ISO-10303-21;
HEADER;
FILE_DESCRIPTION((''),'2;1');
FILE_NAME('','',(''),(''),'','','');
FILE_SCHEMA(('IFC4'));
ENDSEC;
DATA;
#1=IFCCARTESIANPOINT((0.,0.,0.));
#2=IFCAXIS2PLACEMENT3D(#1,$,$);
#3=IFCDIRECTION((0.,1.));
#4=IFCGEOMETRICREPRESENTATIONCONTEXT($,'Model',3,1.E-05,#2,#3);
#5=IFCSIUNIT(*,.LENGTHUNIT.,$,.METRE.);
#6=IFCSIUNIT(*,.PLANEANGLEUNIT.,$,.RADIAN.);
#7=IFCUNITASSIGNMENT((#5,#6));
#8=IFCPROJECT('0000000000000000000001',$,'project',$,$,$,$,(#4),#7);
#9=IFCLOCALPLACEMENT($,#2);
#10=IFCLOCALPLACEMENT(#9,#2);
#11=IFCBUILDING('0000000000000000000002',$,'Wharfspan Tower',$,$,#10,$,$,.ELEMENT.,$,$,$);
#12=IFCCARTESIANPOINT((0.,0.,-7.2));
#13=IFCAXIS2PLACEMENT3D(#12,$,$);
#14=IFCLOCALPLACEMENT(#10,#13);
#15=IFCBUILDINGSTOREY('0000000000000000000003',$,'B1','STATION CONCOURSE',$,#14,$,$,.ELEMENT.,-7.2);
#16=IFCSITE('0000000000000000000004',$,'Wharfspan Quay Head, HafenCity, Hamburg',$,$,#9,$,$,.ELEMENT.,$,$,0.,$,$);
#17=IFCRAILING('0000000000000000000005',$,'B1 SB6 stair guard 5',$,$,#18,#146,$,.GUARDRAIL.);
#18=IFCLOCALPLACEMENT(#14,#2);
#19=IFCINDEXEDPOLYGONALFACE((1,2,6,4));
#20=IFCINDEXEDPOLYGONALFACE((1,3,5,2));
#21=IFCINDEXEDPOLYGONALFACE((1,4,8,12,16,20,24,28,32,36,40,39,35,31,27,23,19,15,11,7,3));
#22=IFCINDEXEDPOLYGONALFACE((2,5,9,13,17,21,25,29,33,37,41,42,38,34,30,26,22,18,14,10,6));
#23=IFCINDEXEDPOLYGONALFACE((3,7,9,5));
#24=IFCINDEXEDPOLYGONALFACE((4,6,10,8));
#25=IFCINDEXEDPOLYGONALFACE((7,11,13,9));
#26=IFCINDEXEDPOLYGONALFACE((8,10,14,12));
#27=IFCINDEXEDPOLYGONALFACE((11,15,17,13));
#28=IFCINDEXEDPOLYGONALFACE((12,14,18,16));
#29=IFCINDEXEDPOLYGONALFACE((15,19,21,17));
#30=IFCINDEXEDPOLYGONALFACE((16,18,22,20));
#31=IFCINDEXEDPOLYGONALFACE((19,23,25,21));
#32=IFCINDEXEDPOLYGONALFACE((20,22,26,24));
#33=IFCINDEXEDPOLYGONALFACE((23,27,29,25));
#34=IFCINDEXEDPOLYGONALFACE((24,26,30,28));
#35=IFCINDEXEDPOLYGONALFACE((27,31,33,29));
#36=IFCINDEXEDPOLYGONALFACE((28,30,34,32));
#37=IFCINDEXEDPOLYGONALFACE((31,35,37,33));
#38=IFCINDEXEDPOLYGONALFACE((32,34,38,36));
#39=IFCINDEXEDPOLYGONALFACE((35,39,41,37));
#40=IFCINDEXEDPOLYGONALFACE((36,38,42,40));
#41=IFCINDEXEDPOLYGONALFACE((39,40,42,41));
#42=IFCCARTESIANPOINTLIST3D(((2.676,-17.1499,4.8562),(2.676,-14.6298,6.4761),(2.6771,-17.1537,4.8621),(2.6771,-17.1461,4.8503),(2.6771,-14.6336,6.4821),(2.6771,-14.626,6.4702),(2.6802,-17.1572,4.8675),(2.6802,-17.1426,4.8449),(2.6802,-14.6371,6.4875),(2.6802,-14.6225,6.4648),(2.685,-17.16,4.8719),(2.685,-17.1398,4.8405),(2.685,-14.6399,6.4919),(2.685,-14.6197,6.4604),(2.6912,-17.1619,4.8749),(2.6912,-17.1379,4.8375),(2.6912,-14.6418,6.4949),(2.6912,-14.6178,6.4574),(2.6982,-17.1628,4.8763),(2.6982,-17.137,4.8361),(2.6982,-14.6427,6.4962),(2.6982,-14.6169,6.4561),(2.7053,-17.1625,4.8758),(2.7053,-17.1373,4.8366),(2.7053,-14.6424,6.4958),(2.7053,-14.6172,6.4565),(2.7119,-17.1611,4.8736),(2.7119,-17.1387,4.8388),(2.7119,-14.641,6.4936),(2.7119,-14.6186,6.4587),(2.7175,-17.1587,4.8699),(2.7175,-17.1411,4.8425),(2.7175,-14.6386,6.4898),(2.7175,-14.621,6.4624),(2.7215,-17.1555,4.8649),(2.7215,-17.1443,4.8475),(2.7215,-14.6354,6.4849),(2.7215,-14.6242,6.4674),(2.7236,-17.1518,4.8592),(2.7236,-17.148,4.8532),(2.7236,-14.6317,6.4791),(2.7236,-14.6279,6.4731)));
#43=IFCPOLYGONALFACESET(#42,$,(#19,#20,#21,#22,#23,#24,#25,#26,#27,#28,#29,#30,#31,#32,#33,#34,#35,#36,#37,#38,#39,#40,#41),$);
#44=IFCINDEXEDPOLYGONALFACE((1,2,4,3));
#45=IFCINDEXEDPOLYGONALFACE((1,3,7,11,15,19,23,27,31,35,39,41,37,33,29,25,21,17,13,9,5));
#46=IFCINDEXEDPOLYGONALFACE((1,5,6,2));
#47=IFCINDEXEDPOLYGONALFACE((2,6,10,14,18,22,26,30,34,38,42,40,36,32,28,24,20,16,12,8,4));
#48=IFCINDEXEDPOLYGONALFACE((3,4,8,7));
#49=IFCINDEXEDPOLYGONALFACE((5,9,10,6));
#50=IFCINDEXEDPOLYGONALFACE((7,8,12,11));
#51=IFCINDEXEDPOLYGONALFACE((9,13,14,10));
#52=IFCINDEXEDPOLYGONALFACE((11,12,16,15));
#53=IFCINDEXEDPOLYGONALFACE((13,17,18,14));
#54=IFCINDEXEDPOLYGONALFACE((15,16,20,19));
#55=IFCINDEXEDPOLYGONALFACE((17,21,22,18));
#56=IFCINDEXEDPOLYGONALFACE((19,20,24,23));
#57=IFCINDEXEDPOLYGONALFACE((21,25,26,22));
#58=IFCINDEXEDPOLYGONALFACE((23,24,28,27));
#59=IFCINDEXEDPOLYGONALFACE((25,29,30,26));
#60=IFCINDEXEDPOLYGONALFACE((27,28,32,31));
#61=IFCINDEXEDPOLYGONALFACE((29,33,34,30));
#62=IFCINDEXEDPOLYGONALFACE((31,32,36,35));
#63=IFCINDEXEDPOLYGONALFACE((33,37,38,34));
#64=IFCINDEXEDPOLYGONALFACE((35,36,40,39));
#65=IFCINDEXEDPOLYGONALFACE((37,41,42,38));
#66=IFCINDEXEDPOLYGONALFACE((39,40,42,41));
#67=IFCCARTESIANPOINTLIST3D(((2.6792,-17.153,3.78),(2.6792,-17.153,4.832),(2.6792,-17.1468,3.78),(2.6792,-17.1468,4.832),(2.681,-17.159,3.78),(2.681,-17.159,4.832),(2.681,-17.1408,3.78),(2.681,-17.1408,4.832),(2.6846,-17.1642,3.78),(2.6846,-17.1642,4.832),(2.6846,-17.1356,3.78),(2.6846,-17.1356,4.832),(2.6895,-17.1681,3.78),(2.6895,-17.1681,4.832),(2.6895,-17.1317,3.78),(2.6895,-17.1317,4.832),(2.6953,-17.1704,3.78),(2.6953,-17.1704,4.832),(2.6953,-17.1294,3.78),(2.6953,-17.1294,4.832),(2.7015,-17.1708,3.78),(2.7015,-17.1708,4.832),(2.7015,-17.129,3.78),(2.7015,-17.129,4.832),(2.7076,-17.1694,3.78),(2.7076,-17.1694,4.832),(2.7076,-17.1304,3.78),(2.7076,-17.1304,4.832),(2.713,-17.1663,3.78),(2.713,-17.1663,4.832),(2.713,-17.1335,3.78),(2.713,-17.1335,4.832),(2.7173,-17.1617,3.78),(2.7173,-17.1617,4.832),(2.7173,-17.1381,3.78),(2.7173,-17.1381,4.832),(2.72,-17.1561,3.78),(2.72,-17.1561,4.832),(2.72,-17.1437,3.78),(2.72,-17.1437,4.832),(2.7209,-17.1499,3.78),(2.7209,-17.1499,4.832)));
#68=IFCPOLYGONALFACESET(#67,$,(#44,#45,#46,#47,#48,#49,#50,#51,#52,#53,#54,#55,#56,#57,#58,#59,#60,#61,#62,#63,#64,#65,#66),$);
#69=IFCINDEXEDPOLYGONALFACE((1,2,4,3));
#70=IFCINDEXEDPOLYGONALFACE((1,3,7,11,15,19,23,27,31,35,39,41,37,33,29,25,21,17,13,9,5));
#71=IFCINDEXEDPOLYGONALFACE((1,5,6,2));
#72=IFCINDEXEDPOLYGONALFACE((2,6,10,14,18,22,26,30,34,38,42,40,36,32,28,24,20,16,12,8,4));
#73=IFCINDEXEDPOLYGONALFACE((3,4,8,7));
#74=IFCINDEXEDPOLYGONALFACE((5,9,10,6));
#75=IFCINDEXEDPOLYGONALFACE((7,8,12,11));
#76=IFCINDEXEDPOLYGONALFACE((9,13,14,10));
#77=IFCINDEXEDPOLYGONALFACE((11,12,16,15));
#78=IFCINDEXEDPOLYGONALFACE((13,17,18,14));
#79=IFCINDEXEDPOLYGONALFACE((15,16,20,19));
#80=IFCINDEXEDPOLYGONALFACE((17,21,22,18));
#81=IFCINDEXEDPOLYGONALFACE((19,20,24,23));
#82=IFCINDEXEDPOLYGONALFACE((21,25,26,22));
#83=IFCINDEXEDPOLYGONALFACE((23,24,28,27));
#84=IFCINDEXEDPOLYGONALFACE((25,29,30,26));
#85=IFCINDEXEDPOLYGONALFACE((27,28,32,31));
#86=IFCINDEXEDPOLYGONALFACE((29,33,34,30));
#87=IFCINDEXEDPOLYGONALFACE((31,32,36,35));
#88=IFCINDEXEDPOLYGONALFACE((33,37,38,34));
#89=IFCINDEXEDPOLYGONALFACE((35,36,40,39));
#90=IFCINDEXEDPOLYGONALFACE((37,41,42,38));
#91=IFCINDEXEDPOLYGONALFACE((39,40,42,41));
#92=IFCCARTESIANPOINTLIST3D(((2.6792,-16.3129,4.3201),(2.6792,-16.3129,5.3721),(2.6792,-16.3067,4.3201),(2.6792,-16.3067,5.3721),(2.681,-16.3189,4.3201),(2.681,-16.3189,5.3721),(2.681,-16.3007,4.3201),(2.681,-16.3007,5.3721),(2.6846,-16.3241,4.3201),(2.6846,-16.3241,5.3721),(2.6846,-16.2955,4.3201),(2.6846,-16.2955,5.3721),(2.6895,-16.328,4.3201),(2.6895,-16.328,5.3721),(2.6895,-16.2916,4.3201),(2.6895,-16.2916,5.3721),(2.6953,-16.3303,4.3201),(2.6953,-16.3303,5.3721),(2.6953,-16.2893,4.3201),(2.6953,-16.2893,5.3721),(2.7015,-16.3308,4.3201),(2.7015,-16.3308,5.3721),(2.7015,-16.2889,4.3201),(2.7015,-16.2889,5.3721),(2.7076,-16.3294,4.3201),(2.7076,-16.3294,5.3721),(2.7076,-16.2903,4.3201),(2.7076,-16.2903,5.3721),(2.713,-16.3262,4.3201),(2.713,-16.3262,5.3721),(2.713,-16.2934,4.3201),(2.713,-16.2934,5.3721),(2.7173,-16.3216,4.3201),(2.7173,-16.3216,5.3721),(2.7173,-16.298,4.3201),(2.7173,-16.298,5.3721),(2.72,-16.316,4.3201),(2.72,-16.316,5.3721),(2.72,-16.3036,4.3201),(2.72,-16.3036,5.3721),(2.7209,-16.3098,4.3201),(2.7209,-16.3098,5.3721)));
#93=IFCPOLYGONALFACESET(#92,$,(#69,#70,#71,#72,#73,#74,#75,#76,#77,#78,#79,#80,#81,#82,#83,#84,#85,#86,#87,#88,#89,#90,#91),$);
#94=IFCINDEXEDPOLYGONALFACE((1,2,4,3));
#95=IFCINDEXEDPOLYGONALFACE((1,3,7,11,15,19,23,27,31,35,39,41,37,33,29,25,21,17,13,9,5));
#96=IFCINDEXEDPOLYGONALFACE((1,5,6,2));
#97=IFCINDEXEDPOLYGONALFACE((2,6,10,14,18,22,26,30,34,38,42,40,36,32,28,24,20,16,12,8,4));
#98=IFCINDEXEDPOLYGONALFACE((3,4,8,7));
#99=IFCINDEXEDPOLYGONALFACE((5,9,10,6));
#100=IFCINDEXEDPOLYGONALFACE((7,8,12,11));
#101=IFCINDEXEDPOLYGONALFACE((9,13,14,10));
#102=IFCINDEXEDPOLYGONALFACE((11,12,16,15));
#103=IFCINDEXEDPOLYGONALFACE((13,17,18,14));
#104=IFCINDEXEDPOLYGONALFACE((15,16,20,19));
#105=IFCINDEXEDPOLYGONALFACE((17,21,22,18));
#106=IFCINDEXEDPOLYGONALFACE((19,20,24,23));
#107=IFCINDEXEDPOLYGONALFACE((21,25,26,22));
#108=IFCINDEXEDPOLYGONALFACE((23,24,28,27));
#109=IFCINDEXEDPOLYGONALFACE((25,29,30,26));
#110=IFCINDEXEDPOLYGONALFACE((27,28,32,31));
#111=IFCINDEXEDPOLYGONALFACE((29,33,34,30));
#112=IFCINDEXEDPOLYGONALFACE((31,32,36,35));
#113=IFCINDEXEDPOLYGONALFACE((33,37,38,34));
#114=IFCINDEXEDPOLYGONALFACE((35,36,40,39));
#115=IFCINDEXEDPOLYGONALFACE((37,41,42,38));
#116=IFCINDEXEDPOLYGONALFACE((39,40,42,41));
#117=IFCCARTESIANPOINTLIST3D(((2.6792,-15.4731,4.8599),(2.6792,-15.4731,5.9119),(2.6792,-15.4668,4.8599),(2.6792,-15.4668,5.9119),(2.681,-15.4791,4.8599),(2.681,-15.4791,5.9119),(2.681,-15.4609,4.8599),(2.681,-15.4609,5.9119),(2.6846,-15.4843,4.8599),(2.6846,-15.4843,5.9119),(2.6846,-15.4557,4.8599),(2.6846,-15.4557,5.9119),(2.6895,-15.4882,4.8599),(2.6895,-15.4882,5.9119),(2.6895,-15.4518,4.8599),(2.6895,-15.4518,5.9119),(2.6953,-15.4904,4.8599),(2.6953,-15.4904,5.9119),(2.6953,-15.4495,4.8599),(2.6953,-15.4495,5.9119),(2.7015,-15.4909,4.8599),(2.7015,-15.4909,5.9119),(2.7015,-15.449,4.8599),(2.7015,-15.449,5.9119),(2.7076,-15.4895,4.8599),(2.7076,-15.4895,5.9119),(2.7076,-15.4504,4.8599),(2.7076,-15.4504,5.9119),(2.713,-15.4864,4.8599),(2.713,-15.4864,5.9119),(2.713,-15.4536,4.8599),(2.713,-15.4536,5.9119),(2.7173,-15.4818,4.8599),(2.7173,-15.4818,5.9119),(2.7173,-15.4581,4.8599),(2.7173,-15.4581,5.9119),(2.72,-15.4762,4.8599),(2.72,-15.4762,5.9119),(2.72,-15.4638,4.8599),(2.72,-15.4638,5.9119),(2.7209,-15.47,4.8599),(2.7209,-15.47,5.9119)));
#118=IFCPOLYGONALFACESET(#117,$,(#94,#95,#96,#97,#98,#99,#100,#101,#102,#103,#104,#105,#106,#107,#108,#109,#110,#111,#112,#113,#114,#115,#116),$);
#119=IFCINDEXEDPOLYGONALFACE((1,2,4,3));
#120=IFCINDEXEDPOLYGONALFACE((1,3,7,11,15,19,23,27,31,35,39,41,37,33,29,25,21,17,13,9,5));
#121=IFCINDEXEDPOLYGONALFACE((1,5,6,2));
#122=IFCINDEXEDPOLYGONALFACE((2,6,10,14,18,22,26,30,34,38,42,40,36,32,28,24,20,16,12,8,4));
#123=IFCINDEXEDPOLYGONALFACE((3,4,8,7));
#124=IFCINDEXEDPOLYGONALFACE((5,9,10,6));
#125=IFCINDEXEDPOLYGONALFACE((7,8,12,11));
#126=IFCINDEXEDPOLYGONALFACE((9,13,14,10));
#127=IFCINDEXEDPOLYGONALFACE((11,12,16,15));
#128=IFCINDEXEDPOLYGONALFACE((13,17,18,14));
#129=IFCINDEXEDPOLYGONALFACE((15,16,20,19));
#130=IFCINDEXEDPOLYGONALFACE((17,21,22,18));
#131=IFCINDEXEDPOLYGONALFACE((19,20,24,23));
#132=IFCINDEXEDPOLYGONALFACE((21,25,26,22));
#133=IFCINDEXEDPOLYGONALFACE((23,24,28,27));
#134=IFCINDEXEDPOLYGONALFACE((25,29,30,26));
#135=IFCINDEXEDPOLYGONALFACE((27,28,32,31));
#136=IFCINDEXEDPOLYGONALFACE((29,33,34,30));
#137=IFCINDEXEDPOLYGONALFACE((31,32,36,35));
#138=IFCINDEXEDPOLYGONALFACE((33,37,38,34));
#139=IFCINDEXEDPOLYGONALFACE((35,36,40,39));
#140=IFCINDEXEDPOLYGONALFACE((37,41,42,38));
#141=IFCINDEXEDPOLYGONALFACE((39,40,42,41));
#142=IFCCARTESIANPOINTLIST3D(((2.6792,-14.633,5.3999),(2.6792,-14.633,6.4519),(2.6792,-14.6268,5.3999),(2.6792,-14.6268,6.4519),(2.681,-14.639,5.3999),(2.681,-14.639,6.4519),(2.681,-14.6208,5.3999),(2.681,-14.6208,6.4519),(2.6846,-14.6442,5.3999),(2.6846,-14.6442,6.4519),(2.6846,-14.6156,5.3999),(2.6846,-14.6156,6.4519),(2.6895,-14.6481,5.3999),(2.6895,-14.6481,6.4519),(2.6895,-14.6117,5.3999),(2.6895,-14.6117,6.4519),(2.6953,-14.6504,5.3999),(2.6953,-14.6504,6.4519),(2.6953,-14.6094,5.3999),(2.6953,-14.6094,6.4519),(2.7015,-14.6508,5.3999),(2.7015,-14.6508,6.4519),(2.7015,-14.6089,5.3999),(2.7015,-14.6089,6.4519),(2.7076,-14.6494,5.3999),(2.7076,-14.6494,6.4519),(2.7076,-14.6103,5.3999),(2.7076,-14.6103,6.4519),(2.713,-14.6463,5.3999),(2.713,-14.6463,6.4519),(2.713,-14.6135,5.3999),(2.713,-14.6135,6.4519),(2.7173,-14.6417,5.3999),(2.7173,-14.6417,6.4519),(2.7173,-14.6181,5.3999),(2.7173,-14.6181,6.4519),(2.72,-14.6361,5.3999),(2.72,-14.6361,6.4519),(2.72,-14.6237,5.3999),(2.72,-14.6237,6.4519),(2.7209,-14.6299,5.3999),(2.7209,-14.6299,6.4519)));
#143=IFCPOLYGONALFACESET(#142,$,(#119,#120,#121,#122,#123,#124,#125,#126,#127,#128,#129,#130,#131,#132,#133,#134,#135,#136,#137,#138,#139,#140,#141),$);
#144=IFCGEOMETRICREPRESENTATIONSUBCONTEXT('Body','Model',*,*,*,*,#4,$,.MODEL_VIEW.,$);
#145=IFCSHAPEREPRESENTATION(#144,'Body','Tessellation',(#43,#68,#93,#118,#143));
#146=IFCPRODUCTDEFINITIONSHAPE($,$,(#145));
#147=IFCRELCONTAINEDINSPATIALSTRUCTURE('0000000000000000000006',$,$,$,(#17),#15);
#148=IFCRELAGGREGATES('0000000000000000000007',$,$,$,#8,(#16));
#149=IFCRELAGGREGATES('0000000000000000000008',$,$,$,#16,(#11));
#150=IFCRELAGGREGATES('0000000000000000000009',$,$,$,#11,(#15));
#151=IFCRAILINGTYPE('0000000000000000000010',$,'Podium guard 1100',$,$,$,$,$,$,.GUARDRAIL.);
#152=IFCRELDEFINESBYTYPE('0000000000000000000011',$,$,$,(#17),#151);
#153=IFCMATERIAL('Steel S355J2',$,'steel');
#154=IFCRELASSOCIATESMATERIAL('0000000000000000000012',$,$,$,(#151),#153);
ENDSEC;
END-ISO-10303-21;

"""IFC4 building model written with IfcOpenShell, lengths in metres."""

from ifc_helpers import new_model, si_unit, direction, frame, origin, origin_2d, place, context, subcontext, project, spatial, circle, extrude, material, type_object, element, save


model = new_model("IFC4")

# Units and contexts
model_context = context("Model", 3, precision=1e-05, world=origin(), true_north=direction((0.0, 1.0)))
body_context = subcontext(model_context, "Body", "Model", "MODEL_VIEW")
ifc_project = project(units=[si_unit("LENGTHUNIT", "METRE"), si_unit("PLANEANGLEUNIT", "RADIAN")], contexts=[model_context])

# Site, building, storey
site_placement = place(None, origin())
site = spatial("IfcSite", under=ifc_project, at=site_placement, Name="Wharfspan Quay Head, HafenCity, Hamburg", CompositionType="ELEMENT", RefElevation=0.0)
building_placement = place(site_placement, origin())
building = spatial("IfcBuilding", under=site, at=building_placement, Name="Wharfspan Tower", CompositionType="ELEMENT")
storey_placement = place(building_placement, frame((0.0, 0.0, -7.2)))
storey = spatial("IfcBuildingStorey", under=building, at=storey_placement, Name="B1", Description="STATION CONCOURSE", CompositionType="ELEMENT", Elevation=-7.2)

# Railing
ifc_material_1 = material(Name="Steel S355J2", Category="steel")
railing_type = type_object("IfcRailingType", Name="Podium guard 1100", PredefinedType="GUARDRAIL", material=ifc_material_1)
railing_1_placement = place(storey_placement, frame((2.7, -17.1499, 3.78)))
element("IfcRailing", 1, at=railing_1_placement, inside=storey, type_object=railing_type, Name="B1 SB6 stair guard 5", PredefinedType="GUARDRAIL", context=body_context, shape_type="SweptSolid", body=[
    extrude(circle(Radius=0.0239, at=origin_2d()), frame((0.0, 0.0, 1.0762), z_axis=(0.0, 0.8412, 0.540725), x_axis=(-1.0, 0.0, 0.0)), (0.0, 0.0, 1.0), 2.9958),
    extrude(circle(Radius=0.021, at=origin_2d()), origin(), (0.0, 0.0, 1.0), 1.052),
    extrude(circle(Radius=0.021, at=origin_2d()), frame((0.0, 0.8401, 0.54)), (0.0, 0.0, 1.0), 1.052),
    extrude(circle(Radius=0.021, at=origin_2d()), frame((0.0, 1.6799, 1.0798)), (0.0, 0.0, 1.0), 1.052),
    extrude(circle(Radius=0.021, at=origin_2d()), frame((0.0, 2.52, 1.6199)), (0.0, 0.0, 1.0), 1.052),
])

save(model, "model.ifc")
